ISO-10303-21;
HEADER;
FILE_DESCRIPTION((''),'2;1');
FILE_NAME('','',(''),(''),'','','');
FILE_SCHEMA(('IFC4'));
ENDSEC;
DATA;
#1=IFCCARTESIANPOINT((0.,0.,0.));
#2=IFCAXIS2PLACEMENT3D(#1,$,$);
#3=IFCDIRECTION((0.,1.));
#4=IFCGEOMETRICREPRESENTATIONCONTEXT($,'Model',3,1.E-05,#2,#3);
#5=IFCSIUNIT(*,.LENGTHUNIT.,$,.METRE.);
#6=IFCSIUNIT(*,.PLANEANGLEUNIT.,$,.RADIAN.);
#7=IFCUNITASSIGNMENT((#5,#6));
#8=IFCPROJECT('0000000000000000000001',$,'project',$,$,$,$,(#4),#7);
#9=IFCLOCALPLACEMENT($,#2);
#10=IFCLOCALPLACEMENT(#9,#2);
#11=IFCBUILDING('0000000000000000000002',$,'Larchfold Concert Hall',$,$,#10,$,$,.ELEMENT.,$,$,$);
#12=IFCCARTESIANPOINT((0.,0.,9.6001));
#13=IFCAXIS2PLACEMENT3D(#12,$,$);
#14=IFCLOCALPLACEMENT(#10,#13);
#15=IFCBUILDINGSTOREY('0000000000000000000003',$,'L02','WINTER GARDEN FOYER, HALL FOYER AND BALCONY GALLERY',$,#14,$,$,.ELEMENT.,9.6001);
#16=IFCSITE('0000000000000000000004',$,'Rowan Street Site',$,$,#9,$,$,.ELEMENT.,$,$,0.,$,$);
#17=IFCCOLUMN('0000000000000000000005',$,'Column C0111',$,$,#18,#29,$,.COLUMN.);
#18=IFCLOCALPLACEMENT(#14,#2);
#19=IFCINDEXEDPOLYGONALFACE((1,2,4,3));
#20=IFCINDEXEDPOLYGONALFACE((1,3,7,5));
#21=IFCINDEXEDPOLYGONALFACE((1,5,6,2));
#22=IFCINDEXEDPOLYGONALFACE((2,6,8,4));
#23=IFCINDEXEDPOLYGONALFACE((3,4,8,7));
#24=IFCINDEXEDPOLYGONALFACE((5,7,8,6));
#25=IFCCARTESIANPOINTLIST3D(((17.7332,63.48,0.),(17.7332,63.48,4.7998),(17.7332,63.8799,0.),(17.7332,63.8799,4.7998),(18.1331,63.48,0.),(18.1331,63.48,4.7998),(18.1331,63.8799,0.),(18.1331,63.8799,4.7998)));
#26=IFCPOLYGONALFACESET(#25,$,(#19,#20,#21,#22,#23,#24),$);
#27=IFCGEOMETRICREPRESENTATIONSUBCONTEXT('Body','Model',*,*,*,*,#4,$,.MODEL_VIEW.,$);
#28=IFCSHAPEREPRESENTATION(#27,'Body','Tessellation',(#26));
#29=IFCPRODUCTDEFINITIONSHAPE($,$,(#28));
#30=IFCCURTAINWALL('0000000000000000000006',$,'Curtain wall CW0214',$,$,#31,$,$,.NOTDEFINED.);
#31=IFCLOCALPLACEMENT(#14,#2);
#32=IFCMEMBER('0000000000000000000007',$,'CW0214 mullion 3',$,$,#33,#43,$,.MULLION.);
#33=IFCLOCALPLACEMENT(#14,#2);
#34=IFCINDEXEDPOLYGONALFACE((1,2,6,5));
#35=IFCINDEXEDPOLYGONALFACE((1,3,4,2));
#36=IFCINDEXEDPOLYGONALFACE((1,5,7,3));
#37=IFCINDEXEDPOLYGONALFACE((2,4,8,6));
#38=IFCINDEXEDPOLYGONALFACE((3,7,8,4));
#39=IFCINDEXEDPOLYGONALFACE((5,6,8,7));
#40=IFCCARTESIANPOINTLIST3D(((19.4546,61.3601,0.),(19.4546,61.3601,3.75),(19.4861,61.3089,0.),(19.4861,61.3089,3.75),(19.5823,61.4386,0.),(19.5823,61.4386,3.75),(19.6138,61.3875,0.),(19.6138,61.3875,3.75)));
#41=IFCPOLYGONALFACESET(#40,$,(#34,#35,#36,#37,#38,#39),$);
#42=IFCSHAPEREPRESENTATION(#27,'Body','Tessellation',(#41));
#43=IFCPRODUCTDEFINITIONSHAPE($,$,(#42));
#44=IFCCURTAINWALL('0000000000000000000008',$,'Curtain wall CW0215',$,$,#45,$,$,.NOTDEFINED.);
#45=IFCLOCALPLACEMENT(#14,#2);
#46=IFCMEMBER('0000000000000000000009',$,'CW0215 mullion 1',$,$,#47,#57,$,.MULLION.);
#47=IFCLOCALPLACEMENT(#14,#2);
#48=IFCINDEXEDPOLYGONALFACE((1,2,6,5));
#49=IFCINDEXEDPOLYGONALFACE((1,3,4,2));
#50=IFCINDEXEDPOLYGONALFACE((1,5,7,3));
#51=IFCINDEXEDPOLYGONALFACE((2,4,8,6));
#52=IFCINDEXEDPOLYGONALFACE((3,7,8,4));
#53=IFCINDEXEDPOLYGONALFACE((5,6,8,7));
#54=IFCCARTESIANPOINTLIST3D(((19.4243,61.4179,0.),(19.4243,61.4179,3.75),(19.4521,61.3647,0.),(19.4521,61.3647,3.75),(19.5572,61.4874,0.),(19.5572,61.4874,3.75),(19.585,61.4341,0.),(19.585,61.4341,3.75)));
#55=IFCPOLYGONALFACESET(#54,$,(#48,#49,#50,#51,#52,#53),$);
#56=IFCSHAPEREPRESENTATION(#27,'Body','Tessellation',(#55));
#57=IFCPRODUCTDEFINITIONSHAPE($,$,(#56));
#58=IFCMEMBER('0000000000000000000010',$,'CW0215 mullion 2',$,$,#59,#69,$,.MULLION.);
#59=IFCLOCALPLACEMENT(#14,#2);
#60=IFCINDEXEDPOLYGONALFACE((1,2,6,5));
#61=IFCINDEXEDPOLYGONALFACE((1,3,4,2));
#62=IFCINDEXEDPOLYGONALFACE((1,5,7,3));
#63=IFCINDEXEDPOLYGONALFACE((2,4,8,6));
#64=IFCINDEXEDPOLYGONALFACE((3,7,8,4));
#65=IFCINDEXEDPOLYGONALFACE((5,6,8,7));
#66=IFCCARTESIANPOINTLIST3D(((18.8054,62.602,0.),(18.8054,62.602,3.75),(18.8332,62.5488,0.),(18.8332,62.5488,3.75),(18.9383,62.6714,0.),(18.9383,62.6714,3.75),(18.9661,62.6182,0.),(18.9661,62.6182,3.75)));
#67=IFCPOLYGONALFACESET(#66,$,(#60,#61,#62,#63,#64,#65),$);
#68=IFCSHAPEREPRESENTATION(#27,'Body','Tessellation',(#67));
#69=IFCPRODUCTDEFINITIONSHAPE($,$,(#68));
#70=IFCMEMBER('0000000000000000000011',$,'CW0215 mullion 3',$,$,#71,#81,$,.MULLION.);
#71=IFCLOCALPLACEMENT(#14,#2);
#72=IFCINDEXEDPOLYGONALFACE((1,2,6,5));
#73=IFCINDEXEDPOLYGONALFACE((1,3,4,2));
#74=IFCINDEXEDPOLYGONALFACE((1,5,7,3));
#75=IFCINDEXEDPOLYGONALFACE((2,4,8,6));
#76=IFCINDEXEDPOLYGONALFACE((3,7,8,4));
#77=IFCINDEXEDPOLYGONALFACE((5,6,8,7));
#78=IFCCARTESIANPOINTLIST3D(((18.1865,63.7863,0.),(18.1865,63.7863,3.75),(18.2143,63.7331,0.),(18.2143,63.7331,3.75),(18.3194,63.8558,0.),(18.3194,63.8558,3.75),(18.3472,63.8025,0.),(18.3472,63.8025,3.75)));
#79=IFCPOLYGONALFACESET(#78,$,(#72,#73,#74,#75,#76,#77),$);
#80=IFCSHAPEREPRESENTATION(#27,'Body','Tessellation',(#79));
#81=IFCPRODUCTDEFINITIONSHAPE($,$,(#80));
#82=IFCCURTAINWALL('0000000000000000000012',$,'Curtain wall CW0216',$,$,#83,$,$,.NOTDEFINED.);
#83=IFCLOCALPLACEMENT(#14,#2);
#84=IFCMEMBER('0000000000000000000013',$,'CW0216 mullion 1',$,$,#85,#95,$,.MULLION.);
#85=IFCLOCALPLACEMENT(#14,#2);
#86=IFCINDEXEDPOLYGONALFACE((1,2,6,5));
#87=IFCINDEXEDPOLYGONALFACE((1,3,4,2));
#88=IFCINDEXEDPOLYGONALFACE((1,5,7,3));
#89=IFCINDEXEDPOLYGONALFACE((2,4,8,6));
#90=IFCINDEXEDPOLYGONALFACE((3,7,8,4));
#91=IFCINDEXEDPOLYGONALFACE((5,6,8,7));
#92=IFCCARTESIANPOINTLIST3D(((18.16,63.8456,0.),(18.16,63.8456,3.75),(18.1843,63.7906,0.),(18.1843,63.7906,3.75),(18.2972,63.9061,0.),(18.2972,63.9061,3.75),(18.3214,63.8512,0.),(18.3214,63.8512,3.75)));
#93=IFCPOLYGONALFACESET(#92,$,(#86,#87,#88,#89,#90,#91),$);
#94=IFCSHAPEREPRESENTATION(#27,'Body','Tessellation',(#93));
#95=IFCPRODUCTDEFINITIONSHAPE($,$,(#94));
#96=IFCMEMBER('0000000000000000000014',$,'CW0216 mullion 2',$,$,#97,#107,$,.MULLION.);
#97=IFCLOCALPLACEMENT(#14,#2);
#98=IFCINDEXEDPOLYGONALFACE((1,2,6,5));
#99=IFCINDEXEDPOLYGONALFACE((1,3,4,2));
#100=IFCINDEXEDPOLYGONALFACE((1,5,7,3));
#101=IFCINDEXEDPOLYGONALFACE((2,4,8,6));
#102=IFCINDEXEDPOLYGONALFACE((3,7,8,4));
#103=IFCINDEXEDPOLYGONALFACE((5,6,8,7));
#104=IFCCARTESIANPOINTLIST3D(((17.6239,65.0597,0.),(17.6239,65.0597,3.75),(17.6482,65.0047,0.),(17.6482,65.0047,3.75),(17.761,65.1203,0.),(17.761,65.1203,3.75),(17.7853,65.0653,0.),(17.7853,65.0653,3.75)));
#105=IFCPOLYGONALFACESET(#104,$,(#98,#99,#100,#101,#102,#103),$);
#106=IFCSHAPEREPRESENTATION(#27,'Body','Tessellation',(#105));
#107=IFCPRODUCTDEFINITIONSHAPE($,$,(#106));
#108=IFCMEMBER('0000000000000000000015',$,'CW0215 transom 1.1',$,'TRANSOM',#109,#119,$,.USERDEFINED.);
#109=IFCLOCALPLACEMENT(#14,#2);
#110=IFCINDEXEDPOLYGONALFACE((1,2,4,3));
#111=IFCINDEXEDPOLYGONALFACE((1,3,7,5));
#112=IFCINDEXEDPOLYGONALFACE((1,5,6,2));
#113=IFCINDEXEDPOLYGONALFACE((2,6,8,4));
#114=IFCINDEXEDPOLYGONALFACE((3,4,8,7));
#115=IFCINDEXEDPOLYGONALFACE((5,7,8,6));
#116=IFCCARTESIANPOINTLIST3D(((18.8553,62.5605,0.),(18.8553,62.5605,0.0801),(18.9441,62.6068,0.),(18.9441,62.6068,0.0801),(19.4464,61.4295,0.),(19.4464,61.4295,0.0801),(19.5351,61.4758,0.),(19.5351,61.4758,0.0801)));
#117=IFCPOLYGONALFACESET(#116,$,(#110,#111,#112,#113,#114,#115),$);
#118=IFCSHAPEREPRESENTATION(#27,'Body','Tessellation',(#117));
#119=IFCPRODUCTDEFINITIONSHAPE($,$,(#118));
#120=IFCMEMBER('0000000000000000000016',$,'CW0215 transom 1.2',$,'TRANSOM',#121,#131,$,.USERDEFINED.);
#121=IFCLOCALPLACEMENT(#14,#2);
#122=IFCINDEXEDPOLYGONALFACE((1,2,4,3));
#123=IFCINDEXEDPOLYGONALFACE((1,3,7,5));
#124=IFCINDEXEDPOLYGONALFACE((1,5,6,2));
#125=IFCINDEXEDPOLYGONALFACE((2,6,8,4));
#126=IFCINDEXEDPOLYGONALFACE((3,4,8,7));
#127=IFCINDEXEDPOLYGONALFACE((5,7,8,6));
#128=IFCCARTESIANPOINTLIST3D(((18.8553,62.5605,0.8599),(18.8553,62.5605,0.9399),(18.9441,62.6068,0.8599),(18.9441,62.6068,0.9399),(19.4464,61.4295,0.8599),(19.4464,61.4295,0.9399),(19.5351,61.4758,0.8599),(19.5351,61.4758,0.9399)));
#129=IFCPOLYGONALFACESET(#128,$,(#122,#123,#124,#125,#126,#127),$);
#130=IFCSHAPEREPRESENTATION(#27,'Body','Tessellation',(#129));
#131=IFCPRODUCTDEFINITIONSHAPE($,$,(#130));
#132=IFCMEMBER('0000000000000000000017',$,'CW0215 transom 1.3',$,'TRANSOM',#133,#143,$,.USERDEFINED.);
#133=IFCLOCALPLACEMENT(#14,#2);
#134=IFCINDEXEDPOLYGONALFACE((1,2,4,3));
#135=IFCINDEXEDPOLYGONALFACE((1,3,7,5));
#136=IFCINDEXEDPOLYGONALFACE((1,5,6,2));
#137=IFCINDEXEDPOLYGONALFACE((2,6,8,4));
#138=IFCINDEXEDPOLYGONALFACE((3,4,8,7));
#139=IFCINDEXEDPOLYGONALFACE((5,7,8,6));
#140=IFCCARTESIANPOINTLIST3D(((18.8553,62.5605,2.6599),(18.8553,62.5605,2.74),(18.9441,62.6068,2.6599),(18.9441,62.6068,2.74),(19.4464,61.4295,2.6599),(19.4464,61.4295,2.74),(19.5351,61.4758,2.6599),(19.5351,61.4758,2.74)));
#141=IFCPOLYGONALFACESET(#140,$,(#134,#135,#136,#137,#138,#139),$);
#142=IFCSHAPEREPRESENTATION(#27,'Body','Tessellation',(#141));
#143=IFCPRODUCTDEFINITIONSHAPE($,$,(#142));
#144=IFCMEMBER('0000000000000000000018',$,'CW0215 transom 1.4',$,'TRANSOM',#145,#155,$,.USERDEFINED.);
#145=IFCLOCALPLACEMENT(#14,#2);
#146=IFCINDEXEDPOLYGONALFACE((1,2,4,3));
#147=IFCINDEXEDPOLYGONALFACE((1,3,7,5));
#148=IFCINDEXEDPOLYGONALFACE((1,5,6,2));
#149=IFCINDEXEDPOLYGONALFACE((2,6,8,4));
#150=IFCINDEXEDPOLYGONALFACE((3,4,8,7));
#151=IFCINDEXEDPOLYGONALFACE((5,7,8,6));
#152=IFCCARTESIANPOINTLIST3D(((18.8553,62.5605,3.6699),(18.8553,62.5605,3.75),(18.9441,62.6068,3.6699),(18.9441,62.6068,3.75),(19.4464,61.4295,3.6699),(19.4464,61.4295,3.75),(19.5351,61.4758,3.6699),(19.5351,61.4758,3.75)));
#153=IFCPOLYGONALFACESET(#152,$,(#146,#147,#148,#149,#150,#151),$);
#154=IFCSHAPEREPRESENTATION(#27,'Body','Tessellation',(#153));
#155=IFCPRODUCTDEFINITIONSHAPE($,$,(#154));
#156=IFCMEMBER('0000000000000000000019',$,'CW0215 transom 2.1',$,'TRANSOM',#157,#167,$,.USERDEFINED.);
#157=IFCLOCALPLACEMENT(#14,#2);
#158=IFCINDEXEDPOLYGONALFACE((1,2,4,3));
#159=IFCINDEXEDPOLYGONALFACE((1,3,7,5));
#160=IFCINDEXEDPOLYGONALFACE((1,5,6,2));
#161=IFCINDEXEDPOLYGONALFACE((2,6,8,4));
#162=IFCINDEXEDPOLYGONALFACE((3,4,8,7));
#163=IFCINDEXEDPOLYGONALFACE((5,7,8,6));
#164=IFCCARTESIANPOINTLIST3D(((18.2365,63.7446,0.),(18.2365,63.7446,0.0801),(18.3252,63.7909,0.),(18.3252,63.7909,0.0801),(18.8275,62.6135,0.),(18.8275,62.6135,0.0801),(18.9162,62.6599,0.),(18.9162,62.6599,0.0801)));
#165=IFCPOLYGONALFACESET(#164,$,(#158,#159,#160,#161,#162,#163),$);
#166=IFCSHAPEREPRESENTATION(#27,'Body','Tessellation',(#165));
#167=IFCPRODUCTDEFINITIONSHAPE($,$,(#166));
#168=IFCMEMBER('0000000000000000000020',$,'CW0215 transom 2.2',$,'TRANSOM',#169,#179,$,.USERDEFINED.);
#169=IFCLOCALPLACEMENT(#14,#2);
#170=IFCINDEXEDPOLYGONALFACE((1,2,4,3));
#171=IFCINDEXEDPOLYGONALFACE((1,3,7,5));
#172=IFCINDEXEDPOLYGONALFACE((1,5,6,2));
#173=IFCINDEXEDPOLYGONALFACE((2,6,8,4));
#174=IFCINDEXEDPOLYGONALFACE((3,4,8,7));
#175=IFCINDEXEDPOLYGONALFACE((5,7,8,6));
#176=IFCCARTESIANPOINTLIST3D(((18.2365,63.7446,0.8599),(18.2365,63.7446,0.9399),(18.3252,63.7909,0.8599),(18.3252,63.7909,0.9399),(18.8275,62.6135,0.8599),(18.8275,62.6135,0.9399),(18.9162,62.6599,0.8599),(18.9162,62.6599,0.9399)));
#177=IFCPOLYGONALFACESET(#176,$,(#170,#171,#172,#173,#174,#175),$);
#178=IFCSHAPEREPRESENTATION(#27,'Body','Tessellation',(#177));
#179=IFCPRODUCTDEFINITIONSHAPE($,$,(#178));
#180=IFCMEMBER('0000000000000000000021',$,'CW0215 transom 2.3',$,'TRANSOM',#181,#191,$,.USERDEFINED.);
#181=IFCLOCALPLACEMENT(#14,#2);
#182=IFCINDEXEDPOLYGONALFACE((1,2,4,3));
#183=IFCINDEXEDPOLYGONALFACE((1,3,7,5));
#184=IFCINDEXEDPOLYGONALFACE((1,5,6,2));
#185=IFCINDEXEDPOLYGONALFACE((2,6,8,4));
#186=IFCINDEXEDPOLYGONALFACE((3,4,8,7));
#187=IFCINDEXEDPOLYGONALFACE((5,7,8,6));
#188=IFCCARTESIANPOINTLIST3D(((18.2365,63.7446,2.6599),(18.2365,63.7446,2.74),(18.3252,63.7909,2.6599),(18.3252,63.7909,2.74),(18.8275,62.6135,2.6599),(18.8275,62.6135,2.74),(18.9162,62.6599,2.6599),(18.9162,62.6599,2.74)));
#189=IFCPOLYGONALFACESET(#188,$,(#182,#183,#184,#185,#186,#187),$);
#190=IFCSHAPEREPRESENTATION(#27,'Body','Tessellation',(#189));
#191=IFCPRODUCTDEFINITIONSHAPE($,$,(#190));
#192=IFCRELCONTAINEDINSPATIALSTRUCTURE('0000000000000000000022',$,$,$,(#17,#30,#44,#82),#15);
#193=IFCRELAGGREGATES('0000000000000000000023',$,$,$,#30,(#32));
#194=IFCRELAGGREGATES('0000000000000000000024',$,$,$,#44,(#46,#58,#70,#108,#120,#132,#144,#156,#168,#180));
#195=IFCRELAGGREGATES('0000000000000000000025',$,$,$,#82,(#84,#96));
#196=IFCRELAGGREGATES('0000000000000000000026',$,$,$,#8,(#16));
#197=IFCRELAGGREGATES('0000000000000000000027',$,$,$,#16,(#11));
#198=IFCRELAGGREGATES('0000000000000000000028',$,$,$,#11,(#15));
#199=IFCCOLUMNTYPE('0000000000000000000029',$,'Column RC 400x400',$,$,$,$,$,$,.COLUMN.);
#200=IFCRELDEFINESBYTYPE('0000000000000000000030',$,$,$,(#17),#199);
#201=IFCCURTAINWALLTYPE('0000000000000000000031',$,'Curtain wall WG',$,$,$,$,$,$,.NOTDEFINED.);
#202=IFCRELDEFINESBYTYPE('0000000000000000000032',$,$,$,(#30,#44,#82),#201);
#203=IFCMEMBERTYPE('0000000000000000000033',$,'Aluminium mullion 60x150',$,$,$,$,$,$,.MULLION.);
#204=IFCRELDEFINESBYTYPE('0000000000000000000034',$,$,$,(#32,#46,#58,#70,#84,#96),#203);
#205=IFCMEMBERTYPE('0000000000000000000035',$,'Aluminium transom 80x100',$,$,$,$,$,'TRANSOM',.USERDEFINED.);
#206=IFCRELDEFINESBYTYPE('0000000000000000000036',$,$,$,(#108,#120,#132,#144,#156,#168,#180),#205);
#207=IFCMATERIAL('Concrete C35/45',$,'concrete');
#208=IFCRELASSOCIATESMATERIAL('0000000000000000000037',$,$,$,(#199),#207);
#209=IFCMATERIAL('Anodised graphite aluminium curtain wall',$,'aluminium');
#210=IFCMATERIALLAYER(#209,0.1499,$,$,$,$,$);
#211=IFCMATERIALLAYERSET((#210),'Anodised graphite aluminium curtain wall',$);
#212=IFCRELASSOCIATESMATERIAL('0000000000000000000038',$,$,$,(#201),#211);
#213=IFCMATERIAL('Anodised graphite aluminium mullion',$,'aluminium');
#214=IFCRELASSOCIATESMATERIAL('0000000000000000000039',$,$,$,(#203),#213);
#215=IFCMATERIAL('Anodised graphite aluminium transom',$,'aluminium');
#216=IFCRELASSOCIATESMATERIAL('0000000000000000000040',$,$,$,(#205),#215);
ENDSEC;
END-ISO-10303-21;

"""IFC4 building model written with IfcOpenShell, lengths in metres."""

from ifc_helpers import new_model, si_unit, direction, frame, origin, origin_2d, place, context, subcontext, project, spatial, rectangle, extrude, material, layer, layer_set, material_profile, profile_set, type_object, element, aggregate, save


model = new_model("IFC4")

# Units and contexts
model_context = context("Model", 3, precision=1e-05, world=origin(), true_north=direction((0.0, 1.0)))
body_context = subcontext(model_context, "Body", "Model", "MODEL_VIEW")
ifc_project = project(units=[si_unit("LENGTHUNIT", "METRE"), si_unit("PLANEANGLEUNIT", "RADIAN")], contexts=[model_context])

# Site, building, storey
site_placement = place(None, origin())
site = spatial("IfcSite", under=ifc_project, at=site_placement, Name="Rowan Street Site", CompositionType="ELEMENT", RefElevation=0.0)
building_placement = place(site_placement, origin())
building = spatial("IfcBuilding", under=site, at=building_placement, Name="Larchfold Concert Hall", CompositionType="ELEMENT")
storey_placement = place(building_placement, frame((0.0, 0.0, 9.6001)))
storey = spatial("IfcBuildingStorey", under=building, at=storey_placement, Name="L02", Description="WINTER GARDEN FOYER, HALL FOYER AND BALCONY GALLERY", CompositionType="ELEMENT", Elevation=9.6001)

# Column
ifc_material_1 = material(Name="Concrete C35/45", Category="concrete")
ifc_material_profile_1 = material_profile(ifc_material_1, rectangle(XDim=0.3999, YDim=0.3999, at=origin_2d()))
ifc_profile_set_1 = profile_set([ifc_material_profile_1], Name="Concrete C35/45")
column_type = type_object("IfcColumnType", Name="Column RC 400x400", PredefinedType="COLUMN", material=ifc_profile_set_1)
column_placement = place(storey_placement, frame((17.9331, 63.6799, 0.0), z_axis=(0.0, 0.0, 1.0), x_axis=(1.0, 0.0, 0.0)))
element("IfcColumn", 1, at=column_placement, inside=storey, type_object=column_type, Name="Column C0111", PredefinedType="COLUMN", context=body_context, shape_type="SweptSolid", body=[
    extrude(rectangle(XDim=0.3999, YDim=0.3999, at=origin_2d()), origin(), (0.0, 0.0, 1.0), 4.7998),
])

# Curtain wall, member
ifc_material_2 = material(Name="Anodised graphite aluminium curtain wall", Category="aluminium")
ifc_layer_1 = layer(ifc_material_2, 0.1499)
ifc_layer_set_1 = layer_set([ifc_layer_1], Name="Anodised graphite aluminium curtain wall")
curtain_wall_type = type_object("IfcCurtainWallType", Name="Curtain wall WG", PredefinedType="NOTDEFINED", material=ifc_layer_set_1)
curtain_wall_1_placement = place(storey_placement, origin())
curtain_wall_1 = element("IfcCurtainWall", 2, at=curtain_wall_1_placement, inside=storey, type_object=curtain_wall_type, Name="Curtain wall CW0214", PredefinedType="NOTDEFINED")
ifc_material_3 = material(Name="Anodised graphite aluminium mullion", Category="aluminium")
ifc_material_profile_2 = material_profile(ifc_material_3, rectangle(XDim=0.1499, YDim=0.0601, at=origin_2d()))
ifc_profile_set_2 = profile_set([ifc_material_profile_2], Name="Anodised graphite aluminium mullion")
member_type_1 = type_object("IfcMemberType", Name="Aluminium mullion 60x150", PredefinedType="MULLION", material=ifc_profile_set_2)
member_1_placement = place(storey_placement, frame((19.5342, 61.3738, 0.0), z_axis=(0.0, 0.0, 1.0), x_axis=(-0.851678, -0.524066, 0.0)))
member_1 = element("IfcMember", 3, at=member_1_placement, type_object=member_type_1, Name="CW0214 mullion 3", PredefinedType="MULLION", context=body_context, shape_type="SweptSolid", body=[
    extrude(rectangle(XDim=0.1499, YDim=0.0601, at=origin_2d()), origin(), (0.0, 0.0, 1.0), 3.75),
])
aggregate(curtain_wall_1, [member_1])

# Curtain walls, members
curtain_wall_2_placement = place(storey_placement, origin())
curtain_wall_2 = element("IfcCurtainWall", 4, at=curtain_wall_2_placement, inside=storey, type_object=curtain_wall_type, Name="Curtain wall CW0215", PredefinedType="NOTDEFINED")
member_2_placement = place(storey_placement, frame((19.5046, 61.426, 0.0), z_axis=(0.0, 0.0, 1.0), x_axis=(-0.88626, -0.463189, 0.0)))
member_2 = element("IfcMember", 5, at=member_2_placement, type_object=member_type_1, Name="CW0215 mullion 1", PredefinedType="MULLION", context=body_context, shape_type="SweptSolid", body=[
    extrude(rectangle(XDim=0.1499, YDim=0.0601, at=origin_2d()), origin(), (0.0, 0.0, 1.0), 3.75),
])
member_3_placement = place(storey_placement, frame((18.8857, 62.6101, 0.0), z_axis=(0.0, 0.0, 1.0), x_axis=(-0.88626, -0.463189, 0.0)))
member_3 = element("IfcMember", 6, at=member_3_placement, type_object=member_type_1, Name="CW0215 mullion 2", PredefinedType="MULLION", context=body_context, shape_type="SweptSolid", body=[
    extrude(rectangle(XDim=0.1499, YDim=0.0601, at=origin_2d()), origin(), (0.0, 0.0, 1.0), 3.75),
])
member_4_placement = place(storey_placement, frame((18.2668, 63.7944, 0.0), z_axis=(0.0, 0.0, 1.0), x_axis=(-0.88626, -0.463189, 0.0)))
member_4 = element("IfcMember", 7, at=member_4_placement, type_object=member_type_1, Name="CW0215 mullion 3", PredefinedType="MULLION", context=body_context, shape_type="SweptSolid", body=[
    extrude(rectangle(XDim=0.1499, YDim=0.0601, at=origin_2d()), origin(), (0.0, 0.0, 1.0), 3.75),
])
curtain_wall_3_placement = place(storey_placement, origin())
curtain_wall_3 = element("IfcCurtainWall", 8, at=curtain_wall_3_placement, inside=storey, type_object=curtain_wall_type, Name="Curtain wall CW0216", PredefinedType="NOTDEFINED")
member_5_placement = place(storey_placement, frame((18.2407, 63.8484, 0.0), z_axis=(0.0, 0.0, 1.0), x_axis=(-0.914744, -0.404034, 0.0)))
member_5 = element("IfcMember", 9, at=member_5_placement, type_object=member_type_1, Name="CW0216 mullion 1", PredefinedType="MULLION", context=body_context, shape_type="SweptSolid", body=[
    extrude(rectangle(XDim=0.1499, YDim=0.0601, at=origin_2d()), origin(), (0.0, 0.0, 1.0), 3.75),
])
member_6_placement = place(storey_placement, frame((17.7046, 65.0625, 0.0), z_axis=(0.0, 0.0, 1.0), x_axis=(-0.914744, -0.404034, 0.0)))
member_6 = element("IfcMember", 10, at=member_6_placement, type_object=member_type_1, Name="CW0216 mullion 2", PredefinedType="MULLION", context=body_context, shape_type="SweptSolid", body=[
    extrude(rectangle(XDim=0.1499, YDim=0.0601, at=origin_2d()), origin(), (0.0, 0.0, 1.0), 3.75),
])

# Members
ifc_material_4 = material(Name="Anodised graphite aluminium transom", Category="aluminium")
ifc_material_profile_3 = material_profile(ifc_material_4, rectangle(XDim=0.1001, YDim=0.0801, at=origin_2d()))
ifc_profile_set_3 = profile_set([ifc_material_profile_3], Name="Anodised graphite aluminium transom")
member_type_2 = type_object("IfcMemberType", Name="Aluminium transom 80x100", ElementType="TRANSOM", PredefinedType="USERDEFINED", material=ifc_profile_set_3)
member_7_placement = place(storey_placement, frame((19.4907, 61.4526, 0.04), z_axis=(-0.463135, 0.886288, 0.0), x_axis=(-0.886288, -0.463135, 0.0)))
member_7 = element("IfcMember", 11, at=member_7_placement, type_object=member_type_2, Name="CW0215 transom 1.1", ObjectType="TRANSOM", PredefinedType="USERDEFINED", context=body_context, shape_type="SweptSolid", body=[
    extrude(rectangle(XDim=0.1001, YDim=0.0801, at=origin_2d()), origin(), (0.0, 0.0, 1.0), 1.2761),
])
member_8_placement = place(storey_placement, frame((19.4907, 61.4526, 0.8999), z_axis=(-0.463135, 0.886288, 0.0), x_axis=(-0.886288, -0.463135, 0.0)))
member_8 = element("IfcMember", 12, at=member_8_placement, type_object=member_type_2, Name="CW0215 transom 1.2", ObjectType="TRANSOM", PredefinedType="USERDEFINED", context=body_context, shape_type="SweptSolid", body=[
    extrude(rectangle(XDim=0.1001, YDim=0.0801, at=origin_2d()), origin(), (0.0, 0.0, 1.0), 1.2761),
])
member_9_placement = place(storey_placement, frame((19.4907, 61.4526, 2.7), z_axis=(-0.463135, 0.886288, 0.0), x_axis=(-0.886288, -0.463135, 0.0)))
member_9 = element("IfcMember", 13, at=member_9_placement, type_object=member_type_2, Name="CW0215 transom 1.3", ObjectType="TRANSOM", PredefinedType="USERDEFINED", context=body_context, shape_type="SweptSolid", body=[
    extrude(rectangle(XDim=0.1001, YDim=0.0801, at=origin_2d()), origin(), (0.0, 0.0, 1.0), 1.2761),
])
member_10_placement = place(storey_placement, frame((19.4907, 61.4526, 3.71), z_axis=(-0.463135, 0.886288, 0.0), x_axis=(-0.886288, -0.463135, 0.0)))
member_10 = element("IfcMember", 14, at=member_10_placement, type_object=member_type_2, Name="CW0215 transom 1.4", ObjectType="TRANSOM", PredefinedType="USERDEFINED", context=body_context, shape_type="SweptSolid", body=[
    extrude(rectangle(XDim=0.1001, YDim=0.0801, at=origin_2d()), origin(), (0.0, 0.0, 1.0), 1.2761),
])
member_11_placement = place(storey_placement, frame((18.8718, 62.6367, 0.04), z_axis=(-0.463135, 0.886288, 0.0), x_axis=(-0.886288, -0.463135, 0.0)))
member_11 = element("IfcMember", 15, at=member_11_placement, type_object=member_type_2, Name="CW0215 transom 2.1", ObjectType="TRANSOM", PredefinedType="USERDEFINED", context=body_context, shape_type="SweptSolid", body=[
    extrude(rectangle(XDim=0.1001, YDim=0.0801, at=origin_2d()), origin(), (0.0, 0.0, 1.0), 1.2761),
])
member_12_placement = place(storey_placement, frame((18.8718, 62.6367, 0.8999), z_axis=(-0.463135, 0.886288, 0.0), x_axis=(-0.886288, -0.463135, 0.0)))
member_12 = element("IfcMember", 16, at=member_12_placement, type_object=member_type_2, Name="CW0215 transom 2.2", ObjectType="TRANSOM", PredefinedType="USERDEFINED", context=body_context, shape_type="SweptSolid", body=[
    extrude(rectangle(XDim=0.1001, YDim=0.0801, at=origin_2d()), origin(), (0.0, 0.0, 1.0), 1.2761),
])
member_13_placement = place(storey_placement, frame((18.8718, 62.6367, 2.7), z_axis=(-0.463135, 0.886288, 0.0), x_axis=(-0.886288, -0.463135, 0.0)))
member_13 = element("IfcMember", 17, at=member_13_placement, type_object=member_type_2, Name="CW0215 transom 2.3", ObjectType="TRANSOM", PredefinedType="USERDEFINED", context=body_context, shape_type="SweptSolid", body=[
    extrude(rectangle(XDim=0.1001, YDim=0.0801, at=origin_2d()), origin(), (0.0, 0.0, 1.0), 1.2761),
])

aggregate(curtain_wall_2, [member_2, member_3, member_4, member_7, member_8, member_9, member_10, member_11, member_12, member_13])
aggregate(curtain_wall_3, [member_5, member_6])

save(model, "model.ifc")
